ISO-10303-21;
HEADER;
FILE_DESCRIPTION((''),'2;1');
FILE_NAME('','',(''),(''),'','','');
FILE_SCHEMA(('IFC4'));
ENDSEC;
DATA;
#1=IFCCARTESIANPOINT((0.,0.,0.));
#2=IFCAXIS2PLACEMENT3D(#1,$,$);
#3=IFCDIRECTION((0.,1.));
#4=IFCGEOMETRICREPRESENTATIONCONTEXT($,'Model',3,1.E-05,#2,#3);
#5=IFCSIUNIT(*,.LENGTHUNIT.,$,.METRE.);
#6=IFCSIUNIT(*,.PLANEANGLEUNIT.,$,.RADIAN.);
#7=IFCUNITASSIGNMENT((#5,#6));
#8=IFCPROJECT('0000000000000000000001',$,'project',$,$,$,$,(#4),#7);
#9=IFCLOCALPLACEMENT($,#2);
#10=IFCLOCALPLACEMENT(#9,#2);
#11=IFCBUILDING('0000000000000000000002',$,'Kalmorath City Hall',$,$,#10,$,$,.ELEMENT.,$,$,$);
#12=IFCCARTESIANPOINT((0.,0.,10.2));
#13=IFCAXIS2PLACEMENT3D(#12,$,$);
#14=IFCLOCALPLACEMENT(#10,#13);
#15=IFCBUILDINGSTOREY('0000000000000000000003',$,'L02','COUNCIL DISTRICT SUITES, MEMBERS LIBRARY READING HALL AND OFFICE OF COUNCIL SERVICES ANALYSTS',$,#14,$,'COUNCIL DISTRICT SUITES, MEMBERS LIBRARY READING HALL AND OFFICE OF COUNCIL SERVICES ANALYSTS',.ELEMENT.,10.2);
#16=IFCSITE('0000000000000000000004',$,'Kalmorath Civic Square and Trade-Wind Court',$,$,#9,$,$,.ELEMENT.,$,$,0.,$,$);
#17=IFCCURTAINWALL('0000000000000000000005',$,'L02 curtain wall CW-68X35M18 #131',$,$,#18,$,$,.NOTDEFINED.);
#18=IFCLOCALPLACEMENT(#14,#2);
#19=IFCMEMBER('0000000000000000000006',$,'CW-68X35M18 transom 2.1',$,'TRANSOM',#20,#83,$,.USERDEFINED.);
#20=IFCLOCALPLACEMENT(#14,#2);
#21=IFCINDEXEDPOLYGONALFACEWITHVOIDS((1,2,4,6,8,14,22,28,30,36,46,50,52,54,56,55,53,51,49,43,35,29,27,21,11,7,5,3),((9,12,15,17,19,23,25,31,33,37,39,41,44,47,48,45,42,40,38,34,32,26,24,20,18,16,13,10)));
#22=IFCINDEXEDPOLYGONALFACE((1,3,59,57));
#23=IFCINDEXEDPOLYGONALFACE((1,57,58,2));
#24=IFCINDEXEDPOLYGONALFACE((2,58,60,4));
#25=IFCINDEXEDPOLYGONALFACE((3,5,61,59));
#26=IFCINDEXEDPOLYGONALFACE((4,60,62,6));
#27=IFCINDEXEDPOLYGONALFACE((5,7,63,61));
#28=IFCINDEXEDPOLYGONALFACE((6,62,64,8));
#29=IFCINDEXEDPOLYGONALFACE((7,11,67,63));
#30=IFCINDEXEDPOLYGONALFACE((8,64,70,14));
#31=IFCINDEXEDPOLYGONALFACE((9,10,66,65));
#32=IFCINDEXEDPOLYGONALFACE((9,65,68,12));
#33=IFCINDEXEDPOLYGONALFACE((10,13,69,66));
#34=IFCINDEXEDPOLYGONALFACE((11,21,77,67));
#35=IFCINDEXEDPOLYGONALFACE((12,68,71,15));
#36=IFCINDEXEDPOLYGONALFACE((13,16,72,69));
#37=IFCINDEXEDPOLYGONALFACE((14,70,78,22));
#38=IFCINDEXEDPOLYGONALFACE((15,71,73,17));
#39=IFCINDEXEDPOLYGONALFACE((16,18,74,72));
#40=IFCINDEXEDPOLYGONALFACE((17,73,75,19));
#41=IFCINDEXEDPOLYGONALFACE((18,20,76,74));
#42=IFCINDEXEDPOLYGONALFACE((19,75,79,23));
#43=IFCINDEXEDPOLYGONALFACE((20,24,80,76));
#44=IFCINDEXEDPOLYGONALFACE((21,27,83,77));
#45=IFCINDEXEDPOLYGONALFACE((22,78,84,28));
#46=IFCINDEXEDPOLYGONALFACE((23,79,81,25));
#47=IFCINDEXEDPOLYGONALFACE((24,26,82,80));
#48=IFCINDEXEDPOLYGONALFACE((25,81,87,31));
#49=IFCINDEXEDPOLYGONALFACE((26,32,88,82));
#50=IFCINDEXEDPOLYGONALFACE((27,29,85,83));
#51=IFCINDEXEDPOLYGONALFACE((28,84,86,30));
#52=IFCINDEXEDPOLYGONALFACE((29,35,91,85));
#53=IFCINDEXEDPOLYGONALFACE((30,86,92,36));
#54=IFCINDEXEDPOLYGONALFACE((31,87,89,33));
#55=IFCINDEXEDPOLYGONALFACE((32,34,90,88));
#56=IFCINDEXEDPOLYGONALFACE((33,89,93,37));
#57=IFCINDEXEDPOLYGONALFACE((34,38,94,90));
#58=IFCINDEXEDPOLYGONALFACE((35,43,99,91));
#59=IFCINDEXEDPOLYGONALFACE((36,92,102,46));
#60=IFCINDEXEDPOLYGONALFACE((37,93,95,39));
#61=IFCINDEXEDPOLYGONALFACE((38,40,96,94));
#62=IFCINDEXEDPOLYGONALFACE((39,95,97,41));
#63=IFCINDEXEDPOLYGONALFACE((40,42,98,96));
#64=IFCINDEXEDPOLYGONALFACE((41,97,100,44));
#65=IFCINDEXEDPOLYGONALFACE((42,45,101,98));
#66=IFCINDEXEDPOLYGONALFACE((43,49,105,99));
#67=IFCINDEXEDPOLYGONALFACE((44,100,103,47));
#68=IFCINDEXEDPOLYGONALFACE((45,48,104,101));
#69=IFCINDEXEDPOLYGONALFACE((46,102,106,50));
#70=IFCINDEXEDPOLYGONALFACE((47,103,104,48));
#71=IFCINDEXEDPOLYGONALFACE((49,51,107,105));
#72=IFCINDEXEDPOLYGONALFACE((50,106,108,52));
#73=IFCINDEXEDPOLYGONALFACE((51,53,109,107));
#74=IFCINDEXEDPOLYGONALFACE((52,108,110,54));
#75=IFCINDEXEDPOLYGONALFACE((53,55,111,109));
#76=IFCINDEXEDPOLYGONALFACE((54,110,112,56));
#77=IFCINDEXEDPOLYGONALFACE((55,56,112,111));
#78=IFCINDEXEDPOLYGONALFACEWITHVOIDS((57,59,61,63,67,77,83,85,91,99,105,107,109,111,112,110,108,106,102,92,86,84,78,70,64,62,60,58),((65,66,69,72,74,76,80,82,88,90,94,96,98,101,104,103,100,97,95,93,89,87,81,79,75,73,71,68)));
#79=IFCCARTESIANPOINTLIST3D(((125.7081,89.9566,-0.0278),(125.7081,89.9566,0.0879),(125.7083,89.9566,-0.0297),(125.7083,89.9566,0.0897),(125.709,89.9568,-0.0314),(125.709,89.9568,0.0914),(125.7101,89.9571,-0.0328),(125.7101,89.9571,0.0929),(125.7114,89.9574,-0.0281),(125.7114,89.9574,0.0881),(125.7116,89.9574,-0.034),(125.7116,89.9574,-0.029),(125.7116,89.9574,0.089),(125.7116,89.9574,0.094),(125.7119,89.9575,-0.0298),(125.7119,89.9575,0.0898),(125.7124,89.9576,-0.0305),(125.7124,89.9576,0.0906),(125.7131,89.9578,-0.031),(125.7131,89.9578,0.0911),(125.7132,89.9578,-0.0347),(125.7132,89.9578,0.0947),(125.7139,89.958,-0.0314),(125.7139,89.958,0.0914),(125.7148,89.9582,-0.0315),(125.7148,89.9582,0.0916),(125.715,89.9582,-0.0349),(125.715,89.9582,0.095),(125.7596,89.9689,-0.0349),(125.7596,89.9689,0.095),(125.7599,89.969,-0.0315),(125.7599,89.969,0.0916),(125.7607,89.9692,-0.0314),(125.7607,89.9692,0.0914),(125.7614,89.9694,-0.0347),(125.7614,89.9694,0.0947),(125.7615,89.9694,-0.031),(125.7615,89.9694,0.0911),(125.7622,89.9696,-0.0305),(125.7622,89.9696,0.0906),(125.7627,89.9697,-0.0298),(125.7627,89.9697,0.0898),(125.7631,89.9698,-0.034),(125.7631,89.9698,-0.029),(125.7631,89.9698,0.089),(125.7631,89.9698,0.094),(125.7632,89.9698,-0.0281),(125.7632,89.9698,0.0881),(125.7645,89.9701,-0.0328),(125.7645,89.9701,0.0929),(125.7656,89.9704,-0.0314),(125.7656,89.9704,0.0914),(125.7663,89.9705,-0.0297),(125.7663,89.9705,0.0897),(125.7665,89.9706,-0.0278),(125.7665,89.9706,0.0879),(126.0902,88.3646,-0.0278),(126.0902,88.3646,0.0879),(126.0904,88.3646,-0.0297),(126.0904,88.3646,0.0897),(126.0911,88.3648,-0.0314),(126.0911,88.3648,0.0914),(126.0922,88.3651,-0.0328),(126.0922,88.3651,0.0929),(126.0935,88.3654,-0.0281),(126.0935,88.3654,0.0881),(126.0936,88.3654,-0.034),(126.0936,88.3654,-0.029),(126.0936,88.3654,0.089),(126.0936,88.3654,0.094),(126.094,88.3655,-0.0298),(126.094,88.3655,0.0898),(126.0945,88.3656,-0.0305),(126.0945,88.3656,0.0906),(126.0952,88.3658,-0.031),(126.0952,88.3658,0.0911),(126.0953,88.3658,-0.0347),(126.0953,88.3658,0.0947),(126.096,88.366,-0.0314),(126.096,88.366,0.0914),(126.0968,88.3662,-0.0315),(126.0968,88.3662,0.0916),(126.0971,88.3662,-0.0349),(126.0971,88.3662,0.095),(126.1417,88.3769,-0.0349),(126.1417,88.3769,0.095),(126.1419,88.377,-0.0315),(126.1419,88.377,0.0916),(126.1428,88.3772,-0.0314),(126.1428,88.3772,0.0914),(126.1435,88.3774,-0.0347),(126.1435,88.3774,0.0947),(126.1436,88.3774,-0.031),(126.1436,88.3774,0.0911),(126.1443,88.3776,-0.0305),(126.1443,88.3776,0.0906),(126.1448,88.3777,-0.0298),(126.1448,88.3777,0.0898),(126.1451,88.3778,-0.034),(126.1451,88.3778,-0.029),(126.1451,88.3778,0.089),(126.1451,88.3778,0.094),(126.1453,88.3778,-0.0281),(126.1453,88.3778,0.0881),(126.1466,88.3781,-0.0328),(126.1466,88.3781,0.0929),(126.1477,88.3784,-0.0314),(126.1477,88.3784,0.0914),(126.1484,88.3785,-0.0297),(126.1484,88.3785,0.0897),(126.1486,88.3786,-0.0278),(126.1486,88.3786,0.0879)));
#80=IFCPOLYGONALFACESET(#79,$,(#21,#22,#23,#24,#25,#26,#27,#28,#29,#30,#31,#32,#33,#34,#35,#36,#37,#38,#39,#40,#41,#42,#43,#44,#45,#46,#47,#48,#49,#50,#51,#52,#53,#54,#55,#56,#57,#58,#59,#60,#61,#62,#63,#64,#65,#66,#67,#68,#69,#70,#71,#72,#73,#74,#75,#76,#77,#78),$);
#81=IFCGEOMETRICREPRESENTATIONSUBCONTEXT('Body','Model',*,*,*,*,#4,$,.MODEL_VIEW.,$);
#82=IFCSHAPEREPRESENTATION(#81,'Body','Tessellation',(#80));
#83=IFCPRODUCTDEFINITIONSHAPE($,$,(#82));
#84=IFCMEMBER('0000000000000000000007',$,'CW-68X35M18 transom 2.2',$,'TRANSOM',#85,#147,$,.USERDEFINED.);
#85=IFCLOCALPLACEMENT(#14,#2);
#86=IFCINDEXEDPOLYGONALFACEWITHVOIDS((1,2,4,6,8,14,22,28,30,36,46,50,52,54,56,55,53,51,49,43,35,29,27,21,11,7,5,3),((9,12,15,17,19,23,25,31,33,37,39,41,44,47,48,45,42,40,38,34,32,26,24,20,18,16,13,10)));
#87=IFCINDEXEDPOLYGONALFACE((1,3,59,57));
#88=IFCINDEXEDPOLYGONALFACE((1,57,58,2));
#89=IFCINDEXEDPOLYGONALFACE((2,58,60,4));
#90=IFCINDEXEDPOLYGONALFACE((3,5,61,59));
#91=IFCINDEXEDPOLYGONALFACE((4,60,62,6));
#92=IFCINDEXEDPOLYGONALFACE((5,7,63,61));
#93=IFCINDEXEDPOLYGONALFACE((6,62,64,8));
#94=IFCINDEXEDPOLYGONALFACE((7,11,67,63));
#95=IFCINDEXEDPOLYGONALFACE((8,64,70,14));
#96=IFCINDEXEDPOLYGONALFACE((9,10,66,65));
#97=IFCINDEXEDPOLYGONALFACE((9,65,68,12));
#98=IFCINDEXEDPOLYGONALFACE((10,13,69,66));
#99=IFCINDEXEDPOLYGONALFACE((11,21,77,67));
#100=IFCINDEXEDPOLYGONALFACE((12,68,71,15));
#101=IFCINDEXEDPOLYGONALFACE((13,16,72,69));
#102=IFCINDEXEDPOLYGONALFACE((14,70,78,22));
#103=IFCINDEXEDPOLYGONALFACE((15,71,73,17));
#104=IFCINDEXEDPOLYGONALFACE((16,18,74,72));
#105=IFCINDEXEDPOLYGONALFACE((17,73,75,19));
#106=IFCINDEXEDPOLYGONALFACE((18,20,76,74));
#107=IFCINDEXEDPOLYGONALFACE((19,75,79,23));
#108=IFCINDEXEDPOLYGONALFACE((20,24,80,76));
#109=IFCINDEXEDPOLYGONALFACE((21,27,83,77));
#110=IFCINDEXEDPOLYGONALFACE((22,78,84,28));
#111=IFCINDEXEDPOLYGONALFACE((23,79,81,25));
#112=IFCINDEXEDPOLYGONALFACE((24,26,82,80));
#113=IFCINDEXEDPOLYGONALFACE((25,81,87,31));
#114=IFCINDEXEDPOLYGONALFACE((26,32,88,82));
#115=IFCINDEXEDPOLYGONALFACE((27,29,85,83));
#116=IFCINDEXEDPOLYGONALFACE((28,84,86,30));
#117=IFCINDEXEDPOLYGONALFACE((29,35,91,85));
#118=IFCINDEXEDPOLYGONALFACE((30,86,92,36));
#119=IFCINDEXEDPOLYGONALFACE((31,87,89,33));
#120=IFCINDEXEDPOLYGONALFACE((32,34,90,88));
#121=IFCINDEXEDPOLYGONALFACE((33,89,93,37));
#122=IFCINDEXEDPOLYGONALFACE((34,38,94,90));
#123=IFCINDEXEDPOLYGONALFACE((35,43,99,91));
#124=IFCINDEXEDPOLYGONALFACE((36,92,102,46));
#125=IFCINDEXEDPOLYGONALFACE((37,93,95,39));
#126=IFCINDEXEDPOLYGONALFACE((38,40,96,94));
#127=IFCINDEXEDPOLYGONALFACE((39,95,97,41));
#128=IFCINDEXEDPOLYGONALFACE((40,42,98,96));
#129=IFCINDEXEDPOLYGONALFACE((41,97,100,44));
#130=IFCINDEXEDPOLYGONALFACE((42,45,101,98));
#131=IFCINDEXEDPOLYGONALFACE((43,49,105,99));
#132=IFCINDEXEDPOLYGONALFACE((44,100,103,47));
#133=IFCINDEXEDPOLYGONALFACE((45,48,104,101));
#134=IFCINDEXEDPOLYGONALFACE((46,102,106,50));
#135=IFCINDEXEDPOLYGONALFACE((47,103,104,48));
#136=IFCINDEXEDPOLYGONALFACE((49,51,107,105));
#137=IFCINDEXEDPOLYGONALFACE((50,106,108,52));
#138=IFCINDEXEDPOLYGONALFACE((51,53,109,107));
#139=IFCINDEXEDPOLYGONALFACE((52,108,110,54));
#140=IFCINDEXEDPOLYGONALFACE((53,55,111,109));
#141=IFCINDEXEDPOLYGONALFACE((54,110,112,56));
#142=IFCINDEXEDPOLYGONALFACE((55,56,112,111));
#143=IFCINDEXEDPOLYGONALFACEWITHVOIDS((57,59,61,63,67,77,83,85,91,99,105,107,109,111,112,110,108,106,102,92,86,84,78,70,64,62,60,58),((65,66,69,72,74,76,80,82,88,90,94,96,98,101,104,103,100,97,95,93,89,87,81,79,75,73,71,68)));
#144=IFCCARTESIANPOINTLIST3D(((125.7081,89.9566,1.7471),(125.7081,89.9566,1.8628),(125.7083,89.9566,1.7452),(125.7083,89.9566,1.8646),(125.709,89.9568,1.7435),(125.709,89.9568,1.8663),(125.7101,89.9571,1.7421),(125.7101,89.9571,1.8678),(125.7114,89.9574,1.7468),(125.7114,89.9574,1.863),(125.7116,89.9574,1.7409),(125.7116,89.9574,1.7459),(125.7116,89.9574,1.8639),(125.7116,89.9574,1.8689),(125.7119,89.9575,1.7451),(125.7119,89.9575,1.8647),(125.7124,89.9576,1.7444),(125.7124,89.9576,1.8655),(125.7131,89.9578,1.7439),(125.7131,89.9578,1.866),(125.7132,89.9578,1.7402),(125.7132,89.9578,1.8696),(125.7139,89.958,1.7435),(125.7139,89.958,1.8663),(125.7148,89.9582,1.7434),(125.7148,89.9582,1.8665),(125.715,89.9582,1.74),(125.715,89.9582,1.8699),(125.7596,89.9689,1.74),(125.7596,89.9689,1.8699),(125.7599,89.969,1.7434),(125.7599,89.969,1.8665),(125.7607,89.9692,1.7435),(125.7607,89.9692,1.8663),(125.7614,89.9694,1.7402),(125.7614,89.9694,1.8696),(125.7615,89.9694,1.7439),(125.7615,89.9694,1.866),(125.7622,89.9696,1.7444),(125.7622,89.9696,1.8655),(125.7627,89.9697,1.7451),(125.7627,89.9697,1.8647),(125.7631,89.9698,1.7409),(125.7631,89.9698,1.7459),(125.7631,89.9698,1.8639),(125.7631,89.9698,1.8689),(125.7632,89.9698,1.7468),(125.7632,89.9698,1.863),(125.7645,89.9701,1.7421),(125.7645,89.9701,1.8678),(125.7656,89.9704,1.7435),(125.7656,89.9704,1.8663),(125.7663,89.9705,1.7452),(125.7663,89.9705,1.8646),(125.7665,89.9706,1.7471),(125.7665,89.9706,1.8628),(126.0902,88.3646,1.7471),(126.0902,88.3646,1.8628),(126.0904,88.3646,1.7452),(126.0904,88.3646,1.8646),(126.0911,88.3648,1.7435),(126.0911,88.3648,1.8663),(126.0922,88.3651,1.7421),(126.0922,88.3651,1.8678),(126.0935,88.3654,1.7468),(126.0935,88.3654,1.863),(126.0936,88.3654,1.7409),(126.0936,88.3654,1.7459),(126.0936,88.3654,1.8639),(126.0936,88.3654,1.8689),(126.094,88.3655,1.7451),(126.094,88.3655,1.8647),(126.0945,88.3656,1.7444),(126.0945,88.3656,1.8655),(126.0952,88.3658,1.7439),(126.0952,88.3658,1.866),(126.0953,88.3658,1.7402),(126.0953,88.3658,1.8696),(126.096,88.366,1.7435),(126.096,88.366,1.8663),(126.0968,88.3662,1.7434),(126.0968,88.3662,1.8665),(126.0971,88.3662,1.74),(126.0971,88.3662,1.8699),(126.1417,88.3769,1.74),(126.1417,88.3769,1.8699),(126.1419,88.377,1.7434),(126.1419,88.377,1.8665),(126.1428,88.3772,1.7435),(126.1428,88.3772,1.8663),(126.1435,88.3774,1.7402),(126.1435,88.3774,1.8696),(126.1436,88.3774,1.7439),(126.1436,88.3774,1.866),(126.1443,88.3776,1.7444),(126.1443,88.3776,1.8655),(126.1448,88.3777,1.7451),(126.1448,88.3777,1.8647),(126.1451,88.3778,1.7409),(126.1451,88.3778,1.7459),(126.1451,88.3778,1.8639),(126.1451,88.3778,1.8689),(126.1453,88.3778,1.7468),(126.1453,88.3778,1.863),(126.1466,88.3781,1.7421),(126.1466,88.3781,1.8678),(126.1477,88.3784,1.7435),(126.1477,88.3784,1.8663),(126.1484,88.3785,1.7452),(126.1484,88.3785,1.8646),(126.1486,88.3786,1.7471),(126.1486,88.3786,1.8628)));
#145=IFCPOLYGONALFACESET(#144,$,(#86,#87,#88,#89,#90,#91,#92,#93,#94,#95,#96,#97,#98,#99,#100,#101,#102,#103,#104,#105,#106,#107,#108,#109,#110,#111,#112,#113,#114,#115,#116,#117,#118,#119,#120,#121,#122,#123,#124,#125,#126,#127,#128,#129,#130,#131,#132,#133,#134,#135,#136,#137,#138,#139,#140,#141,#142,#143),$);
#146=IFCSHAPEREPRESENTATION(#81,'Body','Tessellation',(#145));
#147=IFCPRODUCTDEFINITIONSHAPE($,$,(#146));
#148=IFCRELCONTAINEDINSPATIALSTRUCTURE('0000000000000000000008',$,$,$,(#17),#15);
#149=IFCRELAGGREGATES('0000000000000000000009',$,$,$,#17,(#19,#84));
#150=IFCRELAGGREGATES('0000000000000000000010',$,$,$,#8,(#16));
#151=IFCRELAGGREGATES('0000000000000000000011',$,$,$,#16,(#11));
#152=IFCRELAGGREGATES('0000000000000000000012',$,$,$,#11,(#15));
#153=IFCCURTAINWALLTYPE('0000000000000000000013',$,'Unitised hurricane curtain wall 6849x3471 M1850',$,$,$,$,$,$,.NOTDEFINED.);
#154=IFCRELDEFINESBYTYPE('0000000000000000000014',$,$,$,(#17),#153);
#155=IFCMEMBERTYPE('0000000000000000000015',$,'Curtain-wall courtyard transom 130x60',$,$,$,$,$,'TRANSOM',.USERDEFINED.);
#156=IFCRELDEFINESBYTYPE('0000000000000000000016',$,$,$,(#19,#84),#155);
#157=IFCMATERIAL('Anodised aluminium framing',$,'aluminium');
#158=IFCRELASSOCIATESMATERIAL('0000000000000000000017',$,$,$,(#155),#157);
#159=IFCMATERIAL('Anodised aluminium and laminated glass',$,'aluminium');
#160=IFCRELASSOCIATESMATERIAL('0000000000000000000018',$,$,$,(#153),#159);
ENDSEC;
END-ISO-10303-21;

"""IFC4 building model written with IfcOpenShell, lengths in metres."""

from ifc_helpers import new_model, si_unit, direction, frame, origin, origin_2d, place, context, subcontext, project, spatial, hollow_rectangle, extrude, material, material_profile, profile_set, type_object, element, aggregate, save


model = new_model("IFC4")

# Units and contexts
model_context = context("Model", 3, precision=1e-05, world=origin(), true_north=direction((0.0, 1.0)))
body_context = subcontext(model_context, "Body", "Model", "MODEL_VIEW")
ifc_project = project(units=[si_unit("LENGTHUNIT", "METRE"), si_unit("PLANEANGLEUNIT", "RADIAN")], contexts=[model_context])

# Site, building, storey
site_placement = place(None, origin())
site = spatial("IfcSite", under=ifc_project, at=site_placement, Name="Kalmorath Civic Square and Trade-Wind Court", CompositionType="ELEMENT", RefElevation=0.0)
building_placement = place(site_placement, origin())
building = spatial("IfcBuilding", under=site, at=building_placement, Name="Kalmorath City Hall", CompositionType="ELEMENT")
storey_placement = place(building_placement, frame((0.0, 0.0, 10.2)))
storey = spatial("IfcBuildingStorey", under=building, at=storey_placement, Name="L02", Description="COUNCIL DISTRICT SUITES, MEMBERS LIBRARY READING HALL AND OFFICE OF COUNCIL SERVICES ANALYSTS", LongName="COUNCIL DISTRICT SUITES, MEMBERS LIBRARY READING HALL AND OFFICE OF COUNCIL SERVICES ANALYSTS", CompositionType="ELEMENT", Elevation=10.2)

# Curtain wall, members
ifc_material_1 = material(Name="Anodised aluminium framing", Category="aluminium")
ifc_material_profile_1 = material_profile(ifc_material_1, hollow_rectangle(XDim=0.0601, YDim=0.1299, WallThickness=0.0034, InnerFilletRadius=0.0034, OuterFilletRadius=0.0071, at=origin_2d()), Name="ALU-TRN-130X60X3.5")
ifc_profile_set_1 = profile_set([ifc_material_profile_1], Name="Anodised aluminium framing")
member_type_1 = type_object("IfcMemberType", Name="Curtain-wall courtyard transom 130x60", ElementType="TRANSOM", PredefinedType="USERDEFINED", material=ifc_profile_set_1)
ifc_material_2 = material(Name="Anodised aluminium and laminated glass", Category="aluminium")
curtain_wall_type_1 = type_object("IfcCurtainWallType", Name="Unitised hurricane curtain wall 6849x3471 M1850", PredefinedType="NOTDEFINED", material=ifc_material_2)
curtain_wall_1_placement = place(storey_placement, origin())
curtain_wall_1 = element("IfcCurtainWall", 1, at=curtain_wall_1_placement, inside=storey, type_object=curtain_wall_type_1, Name="L02 curtain wall CW-68X35M18 #131", PredefinedType="NOTDEFINED")
member_1_placement = place(storey_placement, frame((126.1194, 88.3716, 0.03), z_axis=(-0.233367, 0.972389, 0.0), x_axis=(-0.972389, -0.233367, 0.0)))
member_1 = element("IfcMember", 2, at=member_1_placement, type_object=member_type_1, Name="CW-68X35M18 transom 2.1", ObjectType="TRANSOM", PredefinedType="USERDEFINED", context=body_context, shape_type="SweptSolid", body=[
    extrude(hollow_rectangle(XDim=0.0601, YDim=0.1299, WallThickness=0.0034, InnerFilletRadius=0.0034, OuterFilletRadius=0.0071, at=origin_2d()), origin(), (0.0, 0.0, 1.0), 1.6372),
])
member_2_placement = place(storey_placement, frame((126.1194, 88.3716, 1.8049), z_axis=(-0.233367, 0.972389, 0.0), x_axis=(-0.972389, -0.233367, 0.0)))
member_2 = element("IfcMember", 3, at=member_2_placement, type_object=member_type_1, Name="CW-68X35M18 transom 2.2", ObjectType="TRANSOM", PredefinedType="USERDEFINED", context=body_context, shape_type="SweptSolid", body=[
    extrude(hollow_rectangle(XDim=0.0601, YDim=0.1299, WallThickness=0.0034, InnerFilletRadius=0.0034, OuterFilletRadius=0.0071, at=origin_2d()), origin(), (0.0, 0.0, 1.0), 1.6372),
])

aggregate(curtain_wall_1, [member_1, member_2])

save(model, "model.ifc")
